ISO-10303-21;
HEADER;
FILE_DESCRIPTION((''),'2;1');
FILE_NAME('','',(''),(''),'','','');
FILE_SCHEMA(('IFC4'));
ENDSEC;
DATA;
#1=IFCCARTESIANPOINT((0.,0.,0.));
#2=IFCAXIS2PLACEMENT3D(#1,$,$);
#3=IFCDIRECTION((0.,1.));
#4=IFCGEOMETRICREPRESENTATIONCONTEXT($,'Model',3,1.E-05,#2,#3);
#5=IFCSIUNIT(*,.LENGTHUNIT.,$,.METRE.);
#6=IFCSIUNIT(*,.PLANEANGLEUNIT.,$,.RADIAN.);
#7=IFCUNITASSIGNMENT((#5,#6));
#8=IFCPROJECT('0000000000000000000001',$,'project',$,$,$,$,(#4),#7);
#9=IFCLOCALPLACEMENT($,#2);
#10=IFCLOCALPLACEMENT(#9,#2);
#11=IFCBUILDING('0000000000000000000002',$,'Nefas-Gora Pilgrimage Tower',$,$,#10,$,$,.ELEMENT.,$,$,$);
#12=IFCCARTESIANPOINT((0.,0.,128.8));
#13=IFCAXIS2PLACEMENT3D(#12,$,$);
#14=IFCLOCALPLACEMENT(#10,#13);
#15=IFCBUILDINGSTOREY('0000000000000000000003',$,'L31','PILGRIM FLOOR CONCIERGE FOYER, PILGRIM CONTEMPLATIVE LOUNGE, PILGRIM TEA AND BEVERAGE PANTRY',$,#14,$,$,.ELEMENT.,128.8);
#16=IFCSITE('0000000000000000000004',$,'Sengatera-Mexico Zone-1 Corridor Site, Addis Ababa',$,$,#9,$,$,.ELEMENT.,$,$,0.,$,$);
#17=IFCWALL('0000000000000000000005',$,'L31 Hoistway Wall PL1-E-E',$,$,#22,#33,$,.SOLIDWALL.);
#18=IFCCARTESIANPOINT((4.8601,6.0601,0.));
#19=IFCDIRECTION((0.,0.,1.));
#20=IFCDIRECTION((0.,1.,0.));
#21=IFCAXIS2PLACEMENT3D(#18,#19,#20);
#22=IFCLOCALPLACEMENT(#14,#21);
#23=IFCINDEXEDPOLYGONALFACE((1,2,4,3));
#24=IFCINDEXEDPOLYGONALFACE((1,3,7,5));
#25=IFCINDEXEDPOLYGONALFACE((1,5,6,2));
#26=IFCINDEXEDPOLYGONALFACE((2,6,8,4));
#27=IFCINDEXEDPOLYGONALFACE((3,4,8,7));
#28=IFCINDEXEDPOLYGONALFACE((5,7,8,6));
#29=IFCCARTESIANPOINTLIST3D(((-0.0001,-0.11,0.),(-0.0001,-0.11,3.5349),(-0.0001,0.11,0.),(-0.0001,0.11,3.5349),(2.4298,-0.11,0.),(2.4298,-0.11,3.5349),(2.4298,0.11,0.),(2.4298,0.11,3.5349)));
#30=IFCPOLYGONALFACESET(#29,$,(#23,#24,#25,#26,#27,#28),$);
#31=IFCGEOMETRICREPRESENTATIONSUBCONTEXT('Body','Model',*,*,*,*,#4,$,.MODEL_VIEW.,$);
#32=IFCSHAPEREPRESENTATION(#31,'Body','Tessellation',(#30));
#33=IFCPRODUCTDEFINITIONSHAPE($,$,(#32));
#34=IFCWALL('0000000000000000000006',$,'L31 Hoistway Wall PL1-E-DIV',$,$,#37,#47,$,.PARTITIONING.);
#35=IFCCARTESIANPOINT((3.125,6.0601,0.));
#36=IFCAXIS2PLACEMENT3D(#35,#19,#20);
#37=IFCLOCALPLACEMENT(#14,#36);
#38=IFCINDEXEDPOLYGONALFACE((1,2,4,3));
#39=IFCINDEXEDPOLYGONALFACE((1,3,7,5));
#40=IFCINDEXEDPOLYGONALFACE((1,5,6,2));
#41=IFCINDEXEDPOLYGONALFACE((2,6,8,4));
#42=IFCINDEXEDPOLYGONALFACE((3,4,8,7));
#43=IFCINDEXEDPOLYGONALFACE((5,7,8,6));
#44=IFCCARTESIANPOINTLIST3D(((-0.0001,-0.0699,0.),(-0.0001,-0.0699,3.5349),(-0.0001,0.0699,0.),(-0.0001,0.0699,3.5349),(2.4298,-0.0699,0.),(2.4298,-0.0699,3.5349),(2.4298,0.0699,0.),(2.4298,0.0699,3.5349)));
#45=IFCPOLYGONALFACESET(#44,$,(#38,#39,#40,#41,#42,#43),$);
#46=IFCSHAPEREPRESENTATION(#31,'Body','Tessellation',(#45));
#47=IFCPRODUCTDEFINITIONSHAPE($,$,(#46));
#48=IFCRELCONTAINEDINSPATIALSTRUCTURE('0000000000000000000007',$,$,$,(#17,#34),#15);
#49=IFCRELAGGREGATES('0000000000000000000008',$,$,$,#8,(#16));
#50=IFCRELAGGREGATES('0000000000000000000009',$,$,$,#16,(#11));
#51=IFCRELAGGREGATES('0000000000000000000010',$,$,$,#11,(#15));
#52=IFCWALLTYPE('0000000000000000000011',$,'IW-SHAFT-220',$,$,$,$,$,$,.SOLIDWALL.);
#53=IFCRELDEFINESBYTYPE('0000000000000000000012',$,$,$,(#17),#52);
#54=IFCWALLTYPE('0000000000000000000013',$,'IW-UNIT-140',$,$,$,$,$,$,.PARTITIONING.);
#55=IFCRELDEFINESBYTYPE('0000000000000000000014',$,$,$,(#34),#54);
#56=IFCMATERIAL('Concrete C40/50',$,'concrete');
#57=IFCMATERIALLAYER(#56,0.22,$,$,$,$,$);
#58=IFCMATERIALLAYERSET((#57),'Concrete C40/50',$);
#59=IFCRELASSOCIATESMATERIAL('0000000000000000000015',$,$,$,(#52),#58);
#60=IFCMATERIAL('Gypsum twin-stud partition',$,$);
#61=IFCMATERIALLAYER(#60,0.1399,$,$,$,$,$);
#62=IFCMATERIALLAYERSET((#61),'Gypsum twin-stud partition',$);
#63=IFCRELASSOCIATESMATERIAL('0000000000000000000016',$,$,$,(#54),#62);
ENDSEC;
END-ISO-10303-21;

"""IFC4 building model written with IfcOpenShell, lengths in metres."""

from ifc_helpers import new_model, si_unit, direction, frame, frame_2d, origin, place, context, subcontext, project, spatial, rectangle, extrude, source, transform, mapped, material, layer, layer_set, type_object, element, save


model = new_model("IFC4")

# Units and contexts
model_context = context("Model", 3, precision=1e-05, world=origin(), true_north=direction((0.0, 1.0)))
body_context = subcontext(model_context, "Body", "Model", "MODEL_VIEW")
ifc_project = project(units=[si_unit("LENGTHUNIT", "METRE"), si_unit("PLANEANGLEUNIT", "RADIAN")], contexts=[model_context])

# Site, building, storey
site_placement = place(None, origin())
site = spatial("IfcSite", under=ifc_project, at=site_placement, Name="Sengatera-Mexico Zone-1 Corridor Site, Addis Ababa", CompositionType="ELEMENT", RefElevation=0.0)
building_placement = place(site_placement, origin())
building = spatial("IfcBuilding", under=site, at=building_placement, Name="Nefas-Gora Pilgrimage Tower", CompositionType="ELEMENT")
storey_placement = place(building_placement, frame((0.0, 0.0, 128.8)))
storey = spatial("IfcBuildingStorey", under=building, at=storey_placement, Name="L31", Description="PILGRIM FLOOR CONCIERGE FOYER, PILGRIM CONTEMPLATIVE LOUNGE, PILGRIM TEA AND BEVERAGE PANTRY", CompositionType="ELEMENT", Elevation=128.8)

# Shared definitions
ifc_material_1 = material(Name="Concrete C40/50", Category="concrete")
ifc_layer_1 = layer(ifc_material_1, 0.22)
ifc_layer_set_1 = layer_set([ifc_layer_1], Name="Concrete C40/50")
wall_type_1 = type_object("IfcWallType", Name="IW-SHAFT-220", PredefinedType="SOLIDWALL", material=ifc_layer_set_1)

# Walls
shared_shape_1 = source(origin(), body_context, "Body", "SweptSolid", [
    extrude(rectangle(XDim=2.4299, YDim=0.22, at=frame_2d((1.2148, 0.0))), origin(), (0.0, 0.0, 1.0), 3.5349),
])
for number, where, z_axis, x_axis, name in (
    (1, (4.8601, 6.0601, 0.0), (0.0, 0.0, 1.0), (0.0, 1.0, 0.0), "L31 Hoistway Wall PL1-E-E"),
):
    element("IfcWall", number, at=place(storey_placement, frame(where, z_axis=z_axis, x_axis=x_axis)), inside=storey, type_object=wall_type_1, Name=name, PredefinedType="SOLIDWALL", context=body_context, shape_type="MappedRepresentation", body=[
        mapped(shared_shape_1, transform((0.0, 0.0, 0.0), x_axis=(1.0, 0.0, 0.0), y_axis=(0.0, 1.0, 0.0), z_axis=(0.0, 0.0, 1.0), scale=1.0)),
    ])
ifc_material_2 = material(Name="Gypsum twin-stud partition")
ifc_layer_2 = layer(ifc_material_2, 0.1399)
ifc_layer_set_2 = layer_set([ifc_layer_2], Name="Gypsum twin-stud partition")
wall_type_2 = type_object("IfcWallType", Name="IW-UNIT-140", PredefinedType="PARTITIONING", material=ifc_layer_set_2)
shared_shape_2 = source(origin(), body_context, "Body", "SweptSolid", [
    extrude(rectangle(XDim=2.4299, YDim=0.1399, at=frame_2d((1.2148, 0.0))), origin(), (0.0, 0.0, 1.0), 3.5349),
])
wall_1_placement = place(storey_placement, frame((3.125, 6.0601, 0.0), z_axis=(0.0, 0.0, 1.0), x_axis=(0.0, 1.0, 0.0)))
element("IfcWall", 2, at=wall_1_placement, inside=storey, type_object=wall_type_2, Name="L31 Hoistway Wall PL1-E-DIV", PredefinedType="PARTITIONING", context=body_context, shape_type="MappedRepresentation", body=[
    mapped(shared_shape_2, transform((0.0, 0.0, 0.0), x_axis=(1.0, 0.0, 0.0), y_axis=(0.0, 1.0, 0.0), z_axis=(0.0, 0.0, 1.0), scale=1.0)),
])

save(model, "model.ifc")
